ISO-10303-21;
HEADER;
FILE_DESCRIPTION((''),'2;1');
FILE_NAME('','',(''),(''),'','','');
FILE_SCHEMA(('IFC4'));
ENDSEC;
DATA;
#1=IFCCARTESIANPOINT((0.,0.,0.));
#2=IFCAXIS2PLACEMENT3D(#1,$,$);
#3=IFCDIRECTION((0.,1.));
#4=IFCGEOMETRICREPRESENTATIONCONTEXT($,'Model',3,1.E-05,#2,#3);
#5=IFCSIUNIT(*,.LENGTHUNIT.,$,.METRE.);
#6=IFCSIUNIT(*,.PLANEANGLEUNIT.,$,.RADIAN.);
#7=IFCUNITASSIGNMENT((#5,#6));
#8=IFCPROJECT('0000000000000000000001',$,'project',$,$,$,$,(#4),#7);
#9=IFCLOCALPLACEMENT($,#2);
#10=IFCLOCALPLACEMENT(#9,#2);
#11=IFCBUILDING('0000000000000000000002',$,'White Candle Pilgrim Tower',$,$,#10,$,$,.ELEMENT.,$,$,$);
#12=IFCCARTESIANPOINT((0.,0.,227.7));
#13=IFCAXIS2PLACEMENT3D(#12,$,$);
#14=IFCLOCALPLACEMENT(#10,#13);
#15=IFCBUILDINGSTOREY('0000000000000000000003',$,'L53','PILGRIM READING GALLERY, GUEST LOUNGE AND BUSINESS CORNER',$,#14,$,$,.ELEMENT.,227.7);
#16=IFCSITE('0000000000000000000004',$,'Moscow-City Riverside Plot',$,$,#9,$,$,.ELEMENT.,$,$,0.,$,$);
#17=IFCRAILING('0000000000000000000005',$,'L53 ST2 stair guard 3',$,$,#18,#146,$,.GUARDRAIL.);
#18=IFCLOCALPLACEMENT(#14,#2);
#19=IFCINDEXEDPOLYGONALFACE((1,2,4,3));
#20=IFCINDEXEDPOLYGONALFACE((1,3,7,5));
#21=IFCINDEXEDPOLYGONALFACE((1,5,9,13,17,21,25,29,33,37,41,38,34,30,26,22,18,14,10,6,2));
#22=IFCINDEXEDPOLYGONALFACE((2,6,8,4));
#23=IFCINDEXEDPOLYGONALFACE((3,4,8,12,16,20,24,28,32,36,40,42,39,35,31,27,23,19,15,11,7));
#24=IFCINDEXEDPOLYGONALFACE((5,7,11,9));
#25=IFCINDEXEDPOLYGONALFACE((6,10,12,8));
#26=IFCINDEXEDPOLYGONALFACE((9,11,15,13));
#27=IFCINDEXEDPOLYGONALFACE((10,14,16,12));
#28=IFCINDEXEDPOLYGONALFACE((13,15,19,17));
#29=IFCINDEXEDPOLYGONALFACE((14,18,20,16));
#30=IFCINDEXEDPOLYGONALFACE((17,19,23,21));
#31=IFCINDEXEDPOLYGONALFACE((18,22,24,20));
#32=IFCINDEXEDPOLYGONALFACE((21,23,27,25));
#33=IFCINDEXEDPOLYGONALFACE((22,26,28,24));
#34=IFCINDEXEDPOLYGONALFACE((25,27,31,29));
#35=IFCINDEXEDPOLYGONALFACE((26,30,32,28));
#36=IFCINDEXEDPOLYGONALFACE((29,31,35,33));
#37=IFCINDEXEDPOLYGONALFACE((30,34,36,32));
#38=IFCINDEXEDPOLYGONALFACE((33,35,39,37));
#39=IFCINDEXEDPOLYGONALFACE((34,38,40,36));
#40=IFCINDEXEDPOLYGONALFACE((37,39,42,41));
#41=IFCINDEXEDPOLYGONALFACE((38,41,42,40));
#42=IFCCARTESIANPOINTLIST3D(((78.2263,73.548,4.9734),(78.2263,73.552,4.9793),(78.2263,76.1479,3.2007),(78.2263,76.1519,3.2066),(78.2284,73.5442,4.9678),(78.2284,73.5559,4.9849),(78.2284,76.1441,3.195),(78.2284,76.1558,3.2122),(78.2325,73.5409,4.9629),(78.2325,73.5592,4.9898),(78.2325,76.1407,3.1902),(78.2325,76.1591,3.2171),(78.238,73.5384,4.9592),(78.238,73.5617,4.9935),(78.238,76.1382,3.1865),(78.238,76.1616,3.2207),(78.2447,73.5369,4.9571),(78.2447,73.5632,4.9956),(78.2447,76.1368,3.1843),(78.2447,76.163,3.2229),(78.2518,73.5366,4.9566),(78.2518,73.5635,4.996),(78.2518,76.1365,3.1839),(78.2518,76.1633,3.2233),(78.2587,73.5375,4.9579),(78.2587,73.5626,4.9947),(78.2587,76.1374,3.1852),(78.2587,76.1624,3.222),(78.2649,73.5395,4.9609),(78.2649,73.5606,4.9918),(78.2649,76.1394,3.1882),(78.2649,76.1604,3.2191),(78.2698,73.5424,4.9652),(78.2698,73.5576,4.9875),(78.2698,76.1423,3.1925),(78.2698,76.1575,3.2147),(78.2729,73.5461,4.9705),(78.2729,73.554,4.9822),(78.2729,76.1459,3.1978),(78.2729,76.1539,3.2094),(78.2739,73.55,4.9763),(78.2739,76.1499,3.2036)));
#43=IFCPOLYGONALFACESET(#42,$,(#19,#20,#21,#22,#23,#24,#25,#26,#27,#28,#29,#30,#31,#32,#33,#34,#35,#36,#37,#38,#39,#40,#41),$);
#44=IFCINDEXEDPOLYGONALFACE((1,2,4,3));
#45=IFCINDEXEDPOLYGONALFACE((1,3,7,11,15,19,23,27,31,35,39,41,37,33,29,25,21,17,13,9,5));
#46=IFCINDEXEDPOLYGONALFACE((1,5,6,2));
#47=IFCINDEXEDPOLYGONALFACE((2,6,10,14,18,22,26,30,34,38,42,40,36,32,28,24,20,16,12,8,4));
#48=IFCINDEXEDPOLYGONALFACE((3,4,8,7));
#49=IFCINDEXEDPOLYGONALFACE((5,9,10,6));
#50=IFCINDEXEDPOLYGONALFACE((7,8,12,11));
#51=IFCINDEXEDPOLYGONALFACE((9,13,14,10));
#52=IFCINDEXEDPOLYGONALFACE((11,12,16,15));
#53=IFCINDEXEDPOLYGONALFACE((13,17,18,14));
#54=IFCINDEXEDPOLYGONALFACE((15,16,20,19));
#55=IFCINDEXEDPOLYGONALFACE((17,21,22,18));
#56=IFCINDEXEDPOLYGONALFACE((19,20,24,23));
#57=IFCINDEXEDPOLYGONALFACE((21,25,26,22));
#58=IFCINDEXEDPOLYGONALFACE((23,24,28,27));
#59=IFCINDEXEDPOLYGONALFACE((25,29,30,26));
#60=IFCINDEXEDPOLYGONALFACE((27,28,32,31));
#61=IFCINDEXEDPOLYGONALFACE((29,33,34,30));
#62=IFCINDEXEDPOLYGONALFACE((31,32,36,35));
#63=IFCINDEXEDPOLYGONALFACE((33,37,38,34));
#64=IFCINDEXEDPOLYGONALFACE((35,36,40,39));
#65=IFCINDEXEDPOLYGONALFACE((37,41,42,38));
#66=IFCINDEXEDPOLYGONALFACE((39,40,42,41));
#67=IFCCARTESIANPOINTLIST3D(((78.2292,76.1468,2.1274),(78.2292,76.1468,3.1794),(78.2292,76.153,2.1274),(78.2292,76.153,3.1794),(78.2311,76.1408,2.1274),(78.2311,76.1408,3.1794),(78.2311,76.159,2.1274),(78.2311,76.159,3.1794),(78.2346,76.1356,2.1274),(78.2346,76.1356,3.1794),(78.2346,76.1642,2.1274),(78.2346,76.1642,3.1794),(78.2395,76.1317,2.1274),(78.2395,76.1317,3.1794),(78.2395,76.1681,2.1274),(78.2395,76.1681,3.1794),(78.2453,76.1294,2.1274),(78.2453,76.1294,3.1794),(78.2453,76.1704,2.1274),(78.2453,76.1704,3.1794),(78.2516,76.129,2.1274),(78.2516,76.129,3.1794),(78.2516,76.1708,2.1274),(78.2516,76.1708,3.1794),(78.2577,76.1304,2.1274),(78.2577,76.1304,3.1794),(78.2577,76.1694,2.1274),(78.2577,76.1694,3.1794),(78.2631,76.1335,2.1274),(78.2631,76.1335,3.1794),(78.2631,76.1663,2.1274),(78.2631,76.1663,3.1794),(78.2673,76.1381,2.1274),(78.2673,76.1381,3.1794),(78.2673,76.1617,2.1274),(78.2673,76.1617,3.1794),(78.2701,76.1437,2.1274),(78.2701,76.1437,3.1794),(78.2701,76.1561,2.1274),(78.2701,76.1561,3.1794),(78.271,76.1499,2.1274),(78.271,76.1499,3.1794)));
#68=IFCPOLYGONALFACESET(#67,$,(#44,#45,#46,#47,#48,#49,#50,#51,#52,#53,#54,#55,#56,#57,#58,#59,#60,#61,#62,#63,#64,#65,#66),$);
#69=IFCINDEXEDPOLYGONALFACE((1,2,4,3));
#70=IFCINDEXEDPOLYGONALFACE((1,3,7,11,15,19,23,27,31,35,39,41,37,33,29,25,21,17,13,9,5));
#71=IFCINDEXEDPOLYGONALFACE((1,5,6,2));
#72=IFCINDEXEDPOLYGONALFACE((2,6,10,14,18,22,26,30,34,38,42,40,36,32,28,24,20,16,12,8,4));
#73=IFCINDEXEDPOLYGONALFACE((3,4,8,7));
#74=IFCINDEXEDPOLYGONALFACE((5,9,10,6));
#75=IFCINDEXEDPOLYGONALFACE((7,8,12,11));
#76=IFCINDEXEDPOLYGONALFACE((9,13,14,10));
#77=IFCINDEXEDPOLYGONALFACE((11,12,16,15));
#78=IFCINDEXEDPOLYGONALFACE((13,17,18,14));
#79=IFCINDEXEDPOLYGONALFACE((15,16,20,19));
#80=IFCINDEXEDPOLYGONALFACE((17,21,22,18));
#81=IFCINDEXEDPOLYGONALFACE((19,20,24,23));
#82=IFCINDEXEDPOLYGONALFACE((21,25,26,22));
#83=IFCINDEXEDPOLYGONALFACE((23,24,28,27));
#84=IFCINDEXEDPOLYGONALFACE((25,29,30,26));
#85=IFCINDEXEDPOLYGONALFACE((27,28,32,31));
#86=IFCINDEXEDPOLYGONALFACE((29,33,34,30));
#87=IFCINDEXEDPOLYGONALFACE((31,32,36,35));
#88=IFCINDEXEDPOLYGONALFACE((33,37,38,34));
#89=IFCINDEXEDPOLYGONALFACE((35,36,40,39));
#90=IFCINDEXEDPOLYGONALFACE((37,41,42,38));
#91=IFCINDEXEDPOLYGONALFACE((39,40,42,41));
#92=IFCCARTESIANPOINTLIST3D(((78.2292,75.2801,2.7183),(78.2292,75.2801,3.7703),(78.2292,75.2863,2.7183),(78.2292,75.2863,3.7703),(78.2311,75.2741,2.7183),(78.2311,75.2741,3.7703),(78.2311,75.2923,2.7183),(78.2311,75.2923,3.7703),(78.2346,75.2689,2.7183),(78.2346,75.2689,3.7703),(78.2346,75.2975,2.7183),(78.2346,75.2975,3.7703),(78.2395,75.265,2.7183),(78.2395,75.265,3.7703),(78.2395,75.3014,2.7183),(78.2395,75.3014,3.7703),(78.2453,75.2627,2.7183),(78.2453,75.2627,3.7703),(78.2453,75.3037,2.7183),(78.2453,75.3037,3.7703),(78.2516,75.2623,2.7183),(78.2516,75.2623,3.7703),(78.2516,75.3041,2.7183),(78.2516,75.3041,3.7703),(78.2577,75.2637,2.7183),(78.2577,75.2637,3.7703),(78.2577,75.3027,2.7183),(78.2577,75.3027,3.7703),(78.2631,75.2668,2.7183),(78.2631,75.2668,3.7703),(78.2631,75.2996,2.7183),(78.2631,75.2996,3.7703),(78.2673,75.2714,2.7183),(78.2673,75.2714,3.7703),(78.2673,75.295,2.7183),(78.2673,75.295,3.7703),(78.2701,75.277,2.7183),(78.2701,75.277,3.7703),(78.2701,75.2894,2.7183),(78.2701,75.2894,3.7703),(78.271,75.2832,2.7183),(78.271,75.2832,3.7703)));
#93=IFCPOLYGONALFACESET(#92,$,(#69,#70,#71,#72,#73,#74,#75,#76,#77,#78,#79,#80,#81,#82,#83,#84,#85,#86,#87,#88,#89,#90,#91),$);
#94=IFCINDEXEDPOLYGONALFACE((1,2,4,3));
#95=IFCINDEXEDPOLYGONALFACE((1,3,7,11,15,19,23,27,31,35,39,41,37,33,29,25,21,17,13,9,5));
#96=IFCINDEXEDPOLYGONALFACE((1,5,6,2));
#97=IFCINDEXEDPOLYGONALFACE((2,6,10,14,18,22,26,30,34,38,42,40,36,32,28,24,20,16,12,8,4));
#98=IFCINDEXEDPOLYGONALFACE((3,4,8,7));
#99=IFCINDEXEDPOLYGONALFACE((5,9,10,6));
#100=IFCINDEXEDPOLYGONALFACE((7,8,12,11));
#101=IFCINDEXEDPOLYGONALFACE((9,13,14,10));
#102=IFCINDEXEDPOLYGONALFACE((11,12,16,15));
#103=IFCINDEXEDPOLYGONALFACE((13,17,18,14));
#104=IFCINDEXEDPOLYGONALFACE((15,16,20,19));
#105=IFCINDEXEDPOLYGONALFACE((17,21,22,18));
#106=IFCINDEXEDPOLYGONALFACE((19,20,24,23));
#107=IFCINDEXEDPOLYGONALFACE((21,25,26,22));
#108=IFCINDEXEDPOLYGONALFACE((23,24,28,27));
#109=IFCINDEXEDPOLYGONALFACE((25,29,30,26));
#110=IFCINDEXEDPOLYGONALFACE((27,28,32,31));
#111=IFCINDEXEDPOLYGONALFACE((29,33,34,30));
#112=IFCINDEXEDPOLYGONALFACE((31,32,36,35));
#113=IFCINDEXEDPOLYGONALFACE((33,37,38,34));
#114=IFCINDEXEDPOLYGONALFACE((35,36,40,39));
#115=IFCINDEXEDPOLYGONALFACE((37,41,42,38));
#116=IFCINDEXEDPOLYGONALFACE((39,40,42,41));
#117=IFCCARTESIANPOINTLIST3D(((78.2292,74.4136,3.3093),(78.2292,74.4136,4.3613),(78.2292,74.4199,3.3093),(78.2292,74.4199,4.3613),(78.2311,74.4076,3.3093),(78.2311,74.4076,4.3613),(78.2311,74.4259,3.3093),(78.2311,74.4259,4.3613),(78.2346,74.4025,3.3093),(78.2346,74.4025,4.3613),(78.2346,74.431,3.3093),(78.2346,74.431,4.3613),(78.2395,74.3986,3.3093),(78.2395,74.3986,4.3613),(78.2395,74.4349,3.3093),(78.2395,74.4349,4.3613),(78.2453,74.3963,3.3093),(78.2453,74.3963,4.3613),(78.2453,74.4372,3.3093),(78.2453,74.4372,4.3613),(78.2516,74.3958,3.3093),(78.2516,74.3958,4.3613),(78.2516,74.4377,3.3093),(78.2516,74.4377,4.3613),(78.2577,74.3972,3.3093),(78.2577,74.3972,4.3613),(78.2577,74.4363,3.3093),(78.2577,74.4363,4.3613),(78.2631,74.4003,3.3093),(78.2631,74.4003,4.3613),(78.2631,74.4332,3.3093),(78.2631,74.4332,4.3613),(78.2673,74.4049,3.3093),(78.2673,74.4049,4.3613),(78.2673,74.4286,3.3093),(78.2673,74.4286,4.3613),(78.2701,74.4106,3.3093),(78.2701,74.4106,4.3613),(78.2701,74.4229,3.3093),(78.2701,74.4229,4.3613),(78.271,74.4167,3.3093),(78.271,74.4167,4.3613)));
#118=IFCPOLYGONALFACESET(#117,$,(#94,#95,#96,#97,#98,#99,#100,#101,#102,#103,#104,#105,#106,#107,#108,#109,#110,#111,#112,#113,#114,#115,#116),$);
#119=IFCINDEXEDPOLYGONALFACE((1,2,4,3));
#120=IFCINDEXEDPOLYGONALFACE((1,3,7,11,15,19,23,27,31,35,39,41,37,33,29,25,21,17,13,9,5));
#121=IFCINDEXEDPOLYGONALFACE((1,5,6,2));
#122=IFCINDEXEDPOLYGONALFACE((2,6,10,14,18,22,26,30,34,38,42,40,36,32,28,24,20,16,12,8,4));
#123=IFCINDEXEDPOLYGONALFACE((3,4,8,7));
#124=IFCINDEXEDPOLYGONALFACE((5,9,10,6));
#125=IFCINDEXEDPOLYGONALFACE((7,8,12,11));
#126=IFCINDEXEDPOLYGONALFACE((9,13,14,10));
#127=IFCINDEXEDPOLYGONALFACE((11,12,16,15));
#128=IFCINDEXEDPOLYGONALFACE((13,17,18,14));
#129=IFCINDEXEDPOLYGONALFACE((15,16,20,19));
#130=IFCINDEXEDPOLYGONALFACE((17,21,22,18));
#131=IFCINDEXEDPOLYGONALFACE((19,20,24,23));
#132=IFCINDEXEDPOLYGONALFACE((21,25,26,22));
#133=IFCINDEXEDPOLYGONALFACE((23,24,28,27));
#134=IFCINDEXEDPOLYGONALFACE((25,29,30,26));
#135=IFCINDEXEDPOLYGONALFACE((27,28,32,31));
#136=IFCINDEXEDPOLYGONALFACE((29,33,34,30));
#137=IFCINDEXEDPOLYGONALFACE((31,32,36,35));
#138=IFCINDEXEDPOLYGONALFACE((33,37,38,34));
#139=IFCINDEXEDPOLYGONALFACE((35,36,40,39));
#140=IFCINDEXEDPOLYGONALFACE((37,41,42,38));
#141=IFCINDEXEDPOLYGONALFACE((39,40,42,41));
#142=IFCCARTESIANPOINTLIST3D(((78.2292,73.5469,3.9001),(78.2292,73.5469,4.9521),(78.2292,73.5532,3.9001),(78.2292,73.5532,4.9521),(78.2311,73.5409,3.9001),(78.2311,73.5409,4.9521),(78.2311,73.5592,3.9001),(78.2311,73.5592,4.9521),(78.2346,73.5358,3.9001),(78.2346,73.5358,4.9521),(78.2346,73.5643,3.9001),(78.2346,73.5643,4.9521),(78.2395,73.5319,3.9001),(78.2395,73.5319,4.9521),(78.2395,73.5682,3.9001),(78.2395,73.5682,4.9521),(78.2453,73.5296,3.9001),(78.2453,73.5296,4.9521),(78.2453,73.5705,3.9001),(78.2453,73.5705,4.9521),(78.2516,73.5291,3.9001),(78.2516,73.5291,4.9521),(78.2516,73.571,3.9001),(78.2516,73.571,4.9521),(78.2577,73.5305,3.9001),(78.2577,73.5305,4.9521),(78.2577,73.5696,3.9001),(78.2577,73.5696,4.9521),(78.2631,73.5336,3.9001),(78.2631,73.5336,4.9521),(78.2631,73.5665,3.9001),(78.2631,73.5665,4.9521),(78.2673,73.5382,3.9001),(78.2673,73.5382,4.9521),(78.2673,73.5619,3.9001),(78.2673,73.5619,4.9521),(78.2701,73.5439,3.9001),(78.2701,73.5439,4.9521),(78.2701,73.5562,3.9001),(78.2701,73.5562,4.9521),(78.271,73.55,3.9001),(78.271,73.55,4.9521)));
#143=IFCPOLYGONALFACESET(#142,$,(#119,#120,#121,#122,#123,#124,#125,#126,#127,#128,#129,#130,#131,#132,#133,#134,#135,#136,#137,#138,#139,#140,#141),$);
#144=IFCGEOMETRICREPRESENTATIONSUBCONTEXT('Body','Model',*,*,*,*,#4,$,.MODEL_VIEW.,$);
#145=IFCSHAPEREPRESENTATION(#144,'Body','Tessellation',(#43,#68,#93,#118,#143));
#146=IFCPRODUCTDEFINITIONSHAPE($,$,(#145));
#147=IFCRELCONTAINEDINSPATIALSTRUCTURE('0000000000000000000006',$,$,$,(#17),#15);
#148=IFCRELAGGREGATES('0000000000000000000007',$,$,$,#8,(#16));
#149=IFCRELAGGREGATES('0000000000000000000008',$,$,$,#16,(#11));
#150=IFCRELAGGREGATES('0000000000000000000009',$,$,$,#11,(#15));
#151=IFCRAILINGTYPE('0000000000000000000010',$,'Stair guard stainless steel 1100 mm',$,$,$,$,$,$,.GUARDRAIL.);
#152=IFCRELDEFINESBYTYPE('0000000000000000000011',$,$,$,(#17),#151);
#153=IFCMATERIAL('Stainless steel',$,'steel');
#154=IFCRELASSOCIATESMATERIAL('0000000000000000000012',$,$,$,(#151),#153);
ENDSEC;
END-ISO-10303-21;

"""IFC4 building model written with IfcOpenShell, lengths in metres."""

from ifc_helpers import new_model, si_unit, direction, frame, origin, origin_2d, place, context, subcontext, project, spatial, circle, extrude, material, type_object, element, save


model = new_model("IFC4")

# Units and contexts
model_context = context("Model", 3, precision=1e-05, world=origin(), true_north=direction((0.0, 1.0)))
body_context = subcontext(model_context, "Body", "Model", "MODEL_VIEW")
ifc_project = project(units=[si_unit("LENGTHUNIT", "METRE"), si_unit("PLANEANGLEUNIT", "RADIAN")], contexts=[model_context])

# Site, building, storey
site_placement = place(None, origin())
site = spatial("IfcSite", under=ifc_project, at=site_placement, Name="Moscow-City Riverside Plot", CompositionType="ELEMENT", RefElevation=0.0)
building_placement = place(site_placement, origin())
building = spatial("IfcBuilding", under=site, at=building_placement, Name="White Candle Pilgrim Tower", CompositionType="ELEMENT")
storey_placement = place(building_placement, frame((0.0, 0.0, 227.7)))
storey = spatial("IfcBuildingStorey", under=building, at=storey_placement, Name="L53", Description="PILGRIM READING GALLERY, GUEST LOUNGE AND BUSINESS CORNER", CompositionType="ELEMENT", Elevation=227.7)

# Railing
ifc_material_1 = material(Name="Stainless steel", Category="steel")
railing_type_1 = type_object("IfcRailingType", Name="Stair guard stainless steel 1100 mm", PredefinedType="GUARDRAIL", material=ifc_material_1)
railing_1_placement = place(storey_placement, frame((78.25, 76.1499, 2.1274)))
element("IfcRailing", 1, at=railing_1_placement, inside=storey, type_object=railing_type_1, Name="L53 ST2 stair guard 3", PredefinedType="GUARDRAIL", context=body_context, shape_type="SweptSolid", body=[
    extrude(circle(Radius=0.0239, at=origin_2d()), frame((0.0, 0.0, 1.0762), z_axis=(0.0, -0.826216, 0.563354), x_axis=(1.0, 0.0, 0.0)), (0.0, 0.0, 1.0), 3.1467),
    extrude(circle(Radius=0.021, at=origin_2d()), origin(), (0.0, 0.0, 1.0), 1.052),
    extrude(circle(Radius=0.021, at=origin_2d()), frame((0.0, -0.8667, 0.5908)), (0.0, 0.0, 1.0), 1.052),
    extrude(circle(Radius=0.021, at=origin_2d()), frame((0.0, -1.7332, 1.1819)), (0.0, 0.0, 1.0), 1.052),
    extrude(circle(Radius=0.021, at=origin_2d()), frame((0.0, -2.5999, 1.7727)), (0.0, 0.0, 1.0), 1.052),
])

save(model, "model.ifc")
